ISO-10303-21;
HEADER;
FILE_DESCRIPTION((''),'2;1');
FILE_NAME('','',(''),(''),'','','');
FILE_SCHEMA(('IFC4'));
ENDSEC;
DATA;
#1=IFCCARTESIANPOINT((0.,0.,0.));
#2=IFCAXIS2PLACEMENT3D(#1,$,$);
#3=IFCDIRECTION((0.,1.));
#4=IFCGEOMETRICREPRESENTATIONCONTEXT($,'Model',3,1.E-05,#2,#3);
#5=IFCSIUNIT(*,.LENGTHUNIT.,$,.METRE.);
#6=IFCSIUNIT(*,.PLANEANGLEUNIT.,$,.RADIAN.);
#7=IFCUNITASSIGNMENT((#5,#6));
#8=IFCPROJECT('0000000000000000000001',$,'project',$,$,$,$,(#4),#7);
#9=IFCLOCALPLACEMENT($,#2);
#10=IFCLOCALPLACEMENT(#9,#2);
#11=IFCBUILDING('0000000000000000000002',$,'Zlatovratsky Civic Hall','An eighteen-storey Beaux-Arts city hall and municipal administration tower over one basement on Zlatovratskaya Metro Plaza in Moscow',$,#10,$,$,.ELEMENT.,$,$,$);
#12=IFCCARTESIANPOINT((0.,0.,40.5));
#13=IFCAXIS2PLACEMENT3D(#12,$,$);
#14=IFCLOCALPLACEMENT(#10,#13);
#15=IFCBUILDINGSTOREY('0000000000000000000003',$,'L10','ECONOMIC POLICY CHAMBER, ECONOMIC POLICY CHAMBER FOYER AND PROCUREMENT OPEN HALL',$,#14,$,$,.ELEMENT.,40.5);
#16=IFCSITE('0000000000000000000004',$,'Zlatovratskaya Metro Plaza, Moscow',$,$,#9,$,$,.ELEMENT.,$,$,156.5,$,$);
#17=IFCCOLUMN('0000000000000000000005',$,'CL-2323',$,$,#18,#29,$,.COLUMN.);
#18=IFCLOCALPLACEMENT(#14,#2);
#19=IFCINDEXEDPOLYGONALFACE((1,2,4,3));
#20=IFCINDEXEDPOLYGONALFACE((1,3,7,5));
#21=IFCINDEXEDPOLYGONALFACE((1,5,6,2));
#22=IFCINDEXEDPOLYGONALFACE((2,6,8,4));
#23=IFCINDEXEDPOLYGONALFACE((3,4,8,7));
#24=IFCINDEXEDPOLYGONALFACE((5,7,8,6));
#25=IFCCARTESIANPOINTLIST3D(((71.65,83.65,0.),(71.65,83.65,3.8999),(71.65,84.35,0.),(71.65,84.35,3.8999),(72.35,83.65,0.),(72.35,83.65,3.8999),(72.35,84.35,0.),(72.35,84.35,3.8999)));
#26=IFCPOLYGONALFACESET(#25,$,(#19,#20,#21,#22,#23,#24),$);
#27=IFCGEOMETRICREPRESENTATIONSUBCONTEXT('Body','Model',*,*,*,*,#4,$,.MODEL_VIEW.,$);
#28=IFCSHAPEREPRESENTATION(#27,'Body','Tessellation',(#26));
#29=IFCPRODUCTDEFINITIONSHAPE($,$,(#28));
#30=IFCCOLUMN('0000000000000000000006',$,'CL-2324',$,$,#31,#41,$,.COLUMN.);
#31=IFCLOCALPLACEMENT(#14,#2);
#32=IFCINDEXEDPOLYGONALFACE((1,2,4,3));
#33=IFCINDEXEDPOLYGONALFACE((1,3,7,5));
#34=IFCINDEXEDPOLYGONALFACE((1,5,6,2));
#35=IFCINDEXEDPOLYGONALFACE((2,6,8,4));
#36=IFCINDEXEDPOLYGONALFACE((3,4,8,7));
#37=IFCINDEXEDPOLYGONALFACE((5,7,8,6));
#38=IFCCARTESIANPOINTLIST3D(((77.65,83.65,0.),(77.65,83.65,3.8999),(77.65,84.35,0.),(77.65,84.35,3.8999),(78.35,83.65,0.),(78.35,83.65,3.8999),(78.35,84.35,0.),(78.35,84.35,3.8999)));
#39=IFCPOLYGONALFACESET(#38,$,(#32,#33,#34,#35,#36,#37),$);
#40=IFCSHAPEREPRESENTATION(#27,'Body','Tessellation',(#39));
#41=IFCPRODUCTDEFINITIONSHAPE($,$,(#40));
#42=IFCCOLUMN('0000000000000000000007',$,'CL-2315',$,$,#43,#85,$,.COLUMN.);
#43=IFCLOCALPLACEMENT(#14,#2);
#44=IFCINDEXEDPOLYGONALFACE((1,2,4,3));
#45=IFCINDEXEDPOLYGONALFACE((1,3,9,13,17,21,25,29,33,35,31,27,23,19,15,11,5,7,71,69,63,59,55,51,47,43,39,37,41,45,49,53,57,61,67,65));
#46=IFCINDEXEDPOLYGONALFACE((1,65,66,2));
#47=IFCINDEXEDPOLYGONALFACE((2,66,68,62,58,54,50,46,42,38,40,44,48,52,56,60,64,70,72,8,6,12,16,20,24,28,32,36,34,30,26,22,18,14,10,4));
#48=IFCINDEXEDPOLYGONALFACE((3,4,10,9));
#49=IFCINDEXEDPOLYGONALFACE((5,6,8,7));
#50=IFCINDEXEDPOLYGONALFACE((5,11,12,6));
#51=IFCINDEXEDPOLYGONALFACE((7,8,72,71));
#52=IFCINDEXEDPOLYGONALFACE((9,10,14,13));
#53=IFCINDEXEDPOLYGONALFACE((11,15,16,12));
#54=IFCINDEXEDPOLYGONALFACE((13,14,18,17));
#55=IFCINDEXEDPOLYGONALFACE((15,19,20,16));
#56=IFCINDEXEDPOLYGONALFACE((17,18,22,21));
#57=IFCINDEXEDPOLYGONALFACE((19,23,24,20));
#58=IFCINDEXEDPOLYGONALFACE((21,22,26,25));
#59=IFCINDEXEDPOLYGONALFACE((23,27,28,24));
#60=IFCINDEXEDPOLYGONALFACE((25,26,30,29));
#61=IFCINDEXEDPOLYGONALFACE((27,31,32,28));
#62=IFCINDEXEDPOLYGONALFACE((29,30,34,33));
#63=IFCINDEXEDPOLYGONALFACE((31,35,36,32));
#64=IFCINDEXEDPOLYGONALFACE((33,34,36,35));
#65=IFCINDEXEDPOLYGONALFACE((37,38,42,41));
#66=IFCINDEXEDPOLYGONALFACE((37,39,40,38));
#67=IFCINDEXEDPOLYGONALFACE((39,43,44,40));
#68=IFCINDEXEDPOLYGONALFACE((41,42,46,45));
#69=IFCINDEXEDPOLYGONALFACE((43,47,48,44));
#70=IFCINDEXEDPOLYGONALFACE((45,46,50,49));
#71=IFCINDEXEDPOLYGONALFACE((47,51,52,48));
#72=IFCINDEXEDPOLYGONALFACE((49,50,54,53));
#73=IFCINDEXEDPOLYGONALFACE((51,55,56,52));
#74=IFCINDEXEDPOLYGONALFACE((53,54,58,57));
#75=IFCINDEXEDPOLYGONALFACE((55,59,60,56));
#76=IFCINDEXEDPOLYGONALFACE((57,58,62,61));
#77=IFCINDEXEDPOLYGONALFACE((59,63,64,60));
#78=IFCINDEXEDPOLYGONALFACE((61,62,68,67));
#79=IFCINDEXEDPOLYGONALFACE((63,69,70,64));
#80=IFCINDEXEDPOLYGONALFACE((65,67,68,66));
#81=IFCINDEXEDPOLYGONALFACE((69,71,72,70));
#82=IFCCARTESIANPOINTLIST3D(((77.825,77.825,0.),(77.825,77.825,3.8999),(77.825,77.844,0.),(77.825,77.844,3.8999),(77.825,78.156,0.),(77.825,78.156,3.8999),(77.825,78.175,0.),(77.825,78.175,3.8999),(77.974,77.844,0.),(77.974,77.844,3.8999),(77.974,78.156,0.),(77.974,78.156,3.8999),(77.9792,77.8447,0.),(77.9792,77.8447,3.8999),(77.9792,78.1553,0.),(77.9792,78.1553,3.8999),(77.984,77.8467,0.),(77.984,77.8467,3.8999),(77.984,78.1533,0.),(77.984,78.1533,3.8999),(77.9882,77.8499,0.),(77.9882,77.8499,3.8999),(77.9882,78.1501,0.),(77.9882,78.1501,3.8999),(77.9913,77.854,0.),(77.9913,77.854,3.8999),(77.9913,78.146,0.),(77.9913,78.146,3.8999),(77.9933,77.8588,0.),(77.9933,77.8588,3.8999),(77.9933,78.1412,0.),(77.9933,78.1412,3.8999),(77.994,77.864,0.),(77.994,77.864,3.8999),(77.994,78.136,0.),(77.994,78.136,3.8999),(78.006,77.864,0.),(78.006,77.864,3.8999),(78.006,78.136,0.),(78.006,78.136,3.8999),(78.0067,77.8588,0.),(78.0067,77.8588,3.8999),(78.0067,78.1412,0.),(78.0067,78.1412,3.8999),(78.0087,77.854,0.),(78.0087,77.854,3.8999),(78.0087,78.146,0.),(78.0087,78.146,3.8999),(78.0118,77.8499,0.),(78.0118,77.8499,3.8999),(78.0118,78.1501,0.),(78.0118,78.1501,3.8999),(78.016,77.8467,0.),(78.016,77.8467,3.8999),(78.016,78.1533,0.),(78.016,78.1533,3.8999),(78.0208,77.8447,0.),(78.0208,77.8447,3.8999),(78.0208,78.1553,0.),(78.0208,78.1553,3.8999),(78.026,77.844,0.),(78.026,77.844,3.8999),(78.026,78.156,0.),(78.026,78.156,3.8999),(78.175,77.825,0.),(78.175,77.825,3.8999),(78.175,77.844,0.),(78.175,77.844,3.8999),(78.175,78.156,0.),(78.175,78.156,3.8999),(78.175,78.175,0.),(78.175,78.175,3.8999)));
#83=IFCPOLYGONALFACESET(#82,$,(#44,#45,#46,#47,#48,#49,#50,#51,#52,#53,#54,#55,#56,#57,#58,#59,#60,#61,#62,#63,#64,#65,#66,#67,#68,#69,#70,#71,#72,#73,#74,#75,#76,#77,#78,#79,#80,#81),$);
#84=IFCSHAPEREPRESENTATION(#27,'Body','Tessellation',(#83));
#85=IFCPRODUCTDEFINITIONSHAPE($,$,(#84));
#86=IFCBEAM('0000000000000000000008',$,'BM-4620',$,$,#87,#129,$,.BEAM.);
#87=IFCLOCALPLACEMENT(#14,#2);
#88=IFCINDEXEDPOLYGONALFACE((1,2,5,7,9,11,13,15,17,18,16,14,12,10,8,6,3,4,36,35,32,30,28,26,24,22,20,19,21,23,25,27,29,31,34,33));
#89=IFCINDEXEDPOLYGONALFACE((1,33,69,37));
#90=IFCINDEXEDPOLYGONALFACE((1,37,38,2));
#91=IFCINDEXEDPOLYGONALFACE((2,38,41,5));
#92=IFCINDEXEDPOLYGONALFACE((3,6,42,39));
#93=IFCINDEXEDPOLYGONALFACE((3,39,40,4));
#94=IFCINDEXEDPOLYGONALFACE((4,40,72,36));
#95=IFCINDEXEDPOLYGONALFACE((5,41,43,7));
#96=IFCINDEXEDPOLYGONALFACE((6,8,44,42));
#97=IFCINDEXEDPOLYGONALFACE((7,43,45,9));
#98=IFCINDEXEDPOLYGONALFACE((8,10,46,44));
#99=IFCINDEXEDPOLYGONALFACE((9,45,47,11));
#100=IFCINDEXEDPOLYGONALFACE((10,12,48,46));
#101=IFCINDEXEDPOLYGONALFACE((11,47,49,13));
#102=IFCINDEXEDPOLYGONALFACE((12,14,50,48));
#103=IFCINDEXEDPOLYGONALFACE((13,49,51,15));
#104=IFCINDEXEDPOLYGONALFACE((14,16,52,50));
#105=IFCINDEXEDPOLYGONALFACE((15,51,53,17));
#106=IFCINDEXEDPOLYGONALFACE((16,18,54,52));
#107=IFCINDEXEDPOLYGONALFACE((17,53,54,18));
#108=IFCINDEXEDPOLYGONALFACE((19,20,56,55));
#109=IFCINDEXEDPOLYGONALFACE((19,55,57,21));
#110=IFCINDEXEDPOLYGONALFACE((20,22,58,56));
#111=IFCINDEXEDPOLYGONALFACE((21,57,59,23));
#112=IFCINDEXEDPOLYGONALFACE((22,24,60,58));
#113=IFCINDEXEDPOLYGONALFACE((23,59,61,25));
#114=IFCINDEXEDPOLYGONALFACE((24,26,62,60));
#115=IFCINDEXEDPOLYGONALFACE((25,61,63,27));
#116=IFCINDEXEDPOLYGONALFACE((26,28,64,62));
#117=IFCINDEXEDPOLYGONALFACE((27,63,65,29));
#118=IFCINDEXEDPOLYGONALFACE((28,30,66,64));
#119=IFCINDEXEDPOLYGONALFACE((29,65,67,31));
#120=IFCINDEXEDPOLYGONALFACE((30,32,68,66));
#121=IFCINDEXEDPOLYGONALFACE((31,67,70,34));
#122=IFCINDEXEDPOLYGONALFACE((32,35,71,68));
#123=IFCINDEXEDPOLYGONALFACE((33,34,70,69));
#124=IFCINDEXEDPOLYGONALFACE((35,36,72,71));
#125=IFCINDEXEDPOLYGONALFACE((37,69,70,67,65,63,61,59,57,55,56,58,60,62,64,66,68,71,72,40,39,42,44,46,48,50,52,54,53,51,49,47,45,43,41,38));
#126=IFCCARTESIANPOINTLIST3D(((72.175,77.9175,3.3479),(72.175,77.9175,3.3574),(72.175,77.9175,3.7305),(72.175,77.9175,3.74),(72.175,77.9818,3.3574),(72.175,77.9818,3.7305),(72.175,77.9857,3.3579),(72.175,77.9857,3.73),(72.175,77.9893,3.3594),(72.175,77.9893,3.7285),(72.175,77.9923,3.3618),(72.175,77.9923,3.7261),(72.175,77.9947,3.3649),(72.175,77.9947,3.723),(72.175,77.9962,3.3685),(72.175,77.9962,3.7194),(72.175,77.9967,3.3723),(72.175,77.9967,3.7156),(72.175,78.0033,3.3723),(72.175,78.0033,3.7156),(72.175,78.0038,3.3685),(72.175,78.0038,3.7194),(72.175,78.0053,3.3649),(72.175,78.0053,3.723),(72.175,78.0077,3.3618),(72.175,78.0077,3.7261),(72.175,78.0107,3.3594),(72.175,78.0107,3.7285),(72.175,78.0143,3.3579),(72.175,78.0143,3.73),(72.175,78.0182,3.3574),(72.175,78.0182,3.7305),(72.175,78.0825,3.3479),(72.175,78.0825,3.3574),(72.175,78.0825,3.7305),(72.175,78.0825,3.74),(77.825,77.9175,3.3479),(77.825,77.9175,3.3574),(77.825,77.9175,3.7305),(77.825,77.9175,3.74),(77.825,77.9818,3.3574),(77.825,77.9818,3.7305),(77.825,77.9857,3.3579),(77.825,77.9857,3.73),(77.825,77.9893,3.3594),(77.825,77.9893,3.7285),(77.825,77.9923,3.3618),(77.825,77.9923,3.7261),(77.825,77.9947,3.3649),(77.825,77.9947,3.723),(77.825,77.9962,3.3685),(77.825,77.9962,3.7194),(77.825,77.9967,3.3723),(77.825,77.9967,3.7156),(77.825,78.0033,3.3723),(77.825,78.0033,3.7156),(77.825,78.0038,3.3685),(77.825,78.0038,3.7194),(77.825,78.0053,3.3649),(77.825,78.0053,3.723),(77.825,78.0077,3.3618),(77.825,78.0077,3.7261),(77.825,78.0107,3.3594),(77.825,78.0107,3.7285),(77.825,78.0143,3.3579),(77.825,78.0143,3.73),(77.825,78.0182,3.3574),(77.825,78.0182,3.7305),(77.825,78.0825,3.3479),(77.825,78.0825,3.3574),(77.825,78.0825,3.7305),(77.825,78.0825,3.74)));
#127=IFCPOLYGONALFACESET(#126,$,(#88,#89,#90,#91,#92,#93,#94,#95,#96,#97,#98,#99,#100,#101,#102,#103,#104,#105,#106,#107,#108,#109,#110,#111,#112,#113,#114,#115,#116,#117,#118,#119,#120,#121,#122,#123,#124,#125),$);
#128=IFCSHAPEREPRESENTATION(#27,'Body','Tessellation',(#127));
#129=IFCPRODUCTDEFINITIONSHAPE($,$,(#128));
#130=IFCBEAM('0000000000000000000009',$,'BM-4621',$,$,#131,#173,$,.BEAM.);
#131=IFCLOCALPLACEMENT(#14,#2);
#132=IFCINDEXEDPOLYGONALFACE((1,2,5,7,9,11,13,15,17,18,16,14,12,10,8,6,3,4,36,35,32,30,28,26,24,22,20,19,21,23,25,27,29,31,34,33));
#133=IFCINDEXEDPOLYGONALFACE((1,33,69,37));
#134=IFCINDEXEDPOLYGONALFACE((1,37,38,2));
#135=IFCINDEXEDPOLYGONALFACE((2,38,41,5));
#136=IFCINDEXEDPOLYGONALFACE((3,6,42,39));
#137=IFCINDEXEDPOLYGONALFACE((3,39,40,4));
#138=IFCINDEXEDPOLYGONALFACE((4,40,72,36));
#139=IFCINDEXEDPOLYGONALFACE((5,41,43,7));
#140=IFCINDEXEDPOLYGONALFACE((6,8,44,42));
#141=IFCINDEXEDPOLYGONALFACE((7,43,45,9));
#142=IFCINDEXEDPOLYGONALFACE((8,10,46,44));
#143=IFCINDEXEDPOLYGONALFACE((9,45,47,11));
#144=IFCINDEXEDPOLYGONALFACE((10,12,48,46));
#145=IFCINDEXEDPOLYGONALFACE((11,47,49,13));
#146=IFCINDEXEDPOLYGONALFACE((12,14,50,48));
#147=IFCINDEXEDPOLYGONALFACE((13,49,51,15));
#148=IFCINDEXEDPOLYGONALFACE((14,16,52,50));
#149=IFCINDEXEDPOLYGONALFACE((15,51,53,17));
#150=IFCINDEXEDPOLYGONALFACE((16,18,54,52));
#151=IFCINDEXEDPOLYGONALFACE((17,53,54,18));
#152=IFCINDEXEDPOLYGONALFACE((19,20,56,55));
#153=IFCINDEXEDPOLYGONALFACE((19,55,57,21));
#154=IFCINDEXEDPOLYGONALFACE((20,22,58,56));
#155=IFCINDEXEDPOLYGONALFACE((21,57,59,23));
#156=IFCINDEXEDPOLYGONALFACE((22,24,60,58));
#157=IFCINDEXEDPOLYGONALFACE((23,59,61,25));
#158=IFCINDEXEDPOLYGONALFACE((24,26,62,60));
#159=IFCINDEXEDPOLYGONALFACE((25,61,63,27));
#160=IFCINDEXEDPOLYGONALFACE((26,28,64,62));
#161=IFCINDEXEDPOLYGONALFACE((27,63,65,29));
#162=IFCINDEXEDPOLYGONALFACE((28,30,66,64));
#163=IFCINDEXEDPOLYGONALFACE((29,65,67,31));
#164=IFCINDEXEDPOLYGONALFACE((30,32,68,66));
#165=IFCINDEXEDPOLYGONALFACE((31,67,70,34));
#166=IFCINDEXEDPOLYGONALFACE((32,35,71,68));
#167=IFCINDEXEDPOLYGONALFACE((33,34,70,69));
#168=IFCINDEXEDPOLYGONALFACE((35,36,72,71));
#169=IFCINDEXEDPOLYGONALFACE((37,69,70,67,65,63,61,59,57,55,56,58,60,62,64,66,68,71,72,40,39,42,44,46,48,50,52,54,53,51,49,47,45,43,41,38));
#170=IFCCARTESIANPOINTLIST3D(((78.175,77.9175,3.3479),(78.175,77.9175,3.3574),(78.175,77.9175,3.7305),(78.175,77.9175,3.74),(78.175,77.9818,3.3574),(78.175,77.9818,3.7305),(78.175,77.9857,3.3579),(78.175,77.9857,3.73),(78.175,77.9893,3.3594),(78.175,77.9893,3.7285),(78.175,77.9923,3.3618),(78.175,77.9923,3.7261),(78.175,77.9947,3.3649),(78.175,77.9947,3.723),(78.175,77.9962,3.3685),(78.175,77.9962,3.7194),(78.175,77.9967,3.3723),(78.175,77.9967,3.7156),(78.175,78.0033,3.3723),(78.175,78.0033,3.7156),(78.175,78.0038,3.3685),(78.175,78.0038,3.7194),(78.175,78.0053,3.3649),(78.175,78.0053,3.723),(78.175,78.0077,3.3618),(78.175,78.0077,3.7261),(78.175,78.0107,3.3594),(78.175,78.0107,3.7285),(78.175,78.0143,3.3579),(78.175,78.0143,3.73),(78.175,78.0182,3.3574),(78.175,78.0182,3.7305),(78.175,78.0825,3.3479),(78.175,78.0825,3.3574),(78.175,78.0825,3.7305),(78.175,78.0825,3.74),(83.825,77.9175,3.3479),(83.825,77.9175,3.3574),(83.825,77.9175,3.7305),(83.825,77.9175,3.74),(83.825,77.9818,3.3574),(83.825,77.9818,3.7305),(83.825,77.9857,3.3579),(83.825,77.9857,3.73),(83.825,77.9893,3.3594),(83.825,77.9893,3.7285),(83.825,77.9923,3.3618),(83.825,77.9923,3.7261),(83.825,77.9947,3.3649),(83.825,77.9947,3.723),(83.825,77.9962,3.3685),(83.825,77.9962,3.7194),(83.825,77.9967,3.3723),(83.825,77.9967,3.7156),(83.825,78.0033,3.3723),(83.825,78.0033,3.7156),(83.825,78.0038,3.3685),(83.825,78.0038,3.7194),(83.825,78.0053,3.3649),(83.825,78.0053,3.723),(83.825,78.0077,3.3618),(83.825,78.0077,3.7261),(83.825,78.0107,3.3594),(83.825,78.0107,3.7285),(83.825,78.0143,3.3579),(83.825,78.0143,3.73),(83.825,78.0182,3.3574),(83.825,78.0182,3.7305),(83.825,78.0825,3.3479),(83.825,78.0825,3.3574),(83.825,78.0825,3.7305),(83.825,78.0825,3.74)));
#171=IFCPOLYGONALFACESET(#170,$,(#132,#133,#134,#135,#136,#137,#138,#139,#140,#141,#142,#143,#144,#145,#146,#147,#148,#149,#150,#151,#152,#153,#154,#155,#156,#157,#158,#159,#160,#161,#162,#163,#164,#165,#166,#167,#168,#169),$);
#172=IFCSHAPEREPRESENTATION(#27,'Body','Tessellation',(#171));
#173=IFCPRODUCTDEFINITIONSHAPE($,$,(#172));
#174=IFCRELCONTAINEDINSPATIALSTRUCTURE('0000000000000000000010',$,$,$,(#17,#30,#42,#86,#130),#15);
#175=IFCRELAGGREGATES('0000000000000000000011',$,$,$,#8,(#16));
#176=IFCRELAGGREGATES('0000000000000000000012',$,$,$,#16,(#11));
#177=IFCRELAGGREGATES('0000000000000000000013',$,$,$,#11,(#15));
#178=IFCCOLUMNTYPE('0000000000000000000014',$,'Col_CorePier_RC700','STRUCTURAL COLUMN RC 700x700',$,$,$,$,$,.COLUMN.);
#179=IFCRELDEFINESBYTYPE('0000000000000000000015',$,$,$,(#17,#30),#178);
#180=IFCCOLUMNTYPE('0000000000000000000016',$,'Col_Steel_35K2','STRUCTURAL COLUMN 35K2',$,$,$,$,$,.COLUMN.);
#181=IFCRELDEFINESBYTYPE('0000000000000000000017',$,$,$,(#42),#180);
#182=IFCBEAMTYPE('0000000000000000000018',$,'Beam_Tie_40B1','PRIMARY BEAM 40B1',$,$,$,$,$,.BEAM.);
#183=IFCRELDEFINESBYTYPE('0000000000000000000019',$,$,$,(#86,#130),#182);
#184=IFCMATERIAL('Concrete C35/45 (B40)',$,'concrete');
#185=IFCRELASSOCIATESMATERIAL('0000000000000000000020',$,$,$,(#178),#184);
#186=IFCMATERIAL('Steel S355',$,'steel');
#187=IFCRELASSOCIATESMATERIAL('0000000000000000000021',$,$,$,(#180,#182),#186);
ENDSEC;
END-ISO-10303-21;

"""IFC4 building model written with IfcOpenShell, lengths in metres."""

from ifc_helpers import new_model, si_unit, direction, frame, origin, origin_2d, place, context, subcontext, project, spatial, rectangle, i_section, extrude, material, material_profile, profile_set, type_object, element, save


model = new_model("IFC4")

# Units and contexts
model_context = context("Model", 3, precision=1e-05, world=origin(), true_north=direction((0.0, 1.0)))
body_context = subcontext(model_context, "Body", "Model", "MODEL_VIEW")
ifc_project = project(units=[si_unit("LENGTHUNIT", "METRE"), si_unit("PLANEANGLEUNIT", "RADIAN")], contexts=[model_context])

# Site, building, storey
site_placement = place(None, origin())
site = spatial("IfcSite", under=ifc_project, at=site_placement, Name="Zlatovratskaya Metro Plaza, Moscow", CompositionType="ELEMENT", RefElevation=156.5)
building_placement = place(site_placement, origin())
building = spatial("IfcBuilding", under=site, at=building_placement, Name="Zlatovratsky Civic Hall", Description="An eighteen-storey Beaux-Arts city hall and municipal administration tower over one basement on Zlatovratskaya Metro Plaza in Moscow", CompositionType="ELEMENT")
storey_placement = place(building_placement, frame((0.0, 0.0, 40.5)))
storey = spatial("IfcBuildingStorey", under=building, at=storey_placement, Name="L10", Description="ECONOMIC POLICY CHAMBER, ECONOMIC POLICY CHAMBER FOYER AND PROCUREMENT OPEN HALL", CompositionType="ELEMENT", Elevation=40.5)

# Columns
ifc_material_1 = material(Name="Concrete C35/45 (B40)", Category="concrete")
ifc_material_profile_1 = material_profile(ifc_material_1, rectangle(XDim=0.7, YDim=0.7, at=origin_2d()), Name="RC 700x700")
ifc_profile_set_1 = profile_set([ifc_material_profile_1], Name="Concrete C35/45 (B40)")
column_type_1 = type_object("IfcColumnType", Name="Col_CorePier_RC700", Description="STRUCTURAL COLUMN RC 700x700", PredefinedType="COLUMN", material=ifc_profile_set_1)
for number, where, z_axis, x_axis, name in (
    (1, (72.0, 84.0, 0.0), (0.0, 0.0, 1.0), (1.0, 0.0, 0.0), "CL-2323"),
    (2, (78.0, 84.0, 0.0), (0.0, 0.0, 1.0), (1.0, 0.0, 0.0), "CL-2324"),
):
    element("IfcColumn", number, at=place(storey_placement, frame(where, z_axis=z_axis, x_axis=x_axis)), inside=storey, type_object=column_type_1, Name=name, PredefinedType="COLUMN", context=body_context, shape_type="SweptSolid", body=[
        extrude(rectangle(XDim=0.7, YDim=0.7, at=origin_2d()), origin(), (0.0, 0.0, 1.0), 3.8999),
    ])
ifc_material_2 = material(Name="Steel S355", Category="steel")
ifc_material_profile_2 = material_profile(ifc_material_2, i_section(OverallWidth=0.3501, OverallDepth=0.3501, WebThickness=0.012, FlangeThickness=0.019, FilletRadius=0.02, at=origin_2d()), Name="35K2")
ifc_profile_set_2 = profile_set([ifc_material_profile_2], Name="Steel S355")
column_type_2 = type_object("IfcColumnType", Name="Col_Steel_35K2", Description="STRUCTURAL COLUMN 35K2", PredefinedType="COLUMN", material=ifc_profile_set_2)
column_placement = place(storey_placement, frame((78.0, 78.0, 0.0), z_axis=(0.0, 0.0, 1.0), x_axis=(1.0, 0.0, 0.0)))
element("IfcColumn", 3, at=column_placement, inside=storey, type_object=column_type_2, Name="CL-2315", PredefinedType="COLUMN", context=body_context, shape_type="SweptSolid", body=[
    extrude(i_section(OverallWidth=0.3501, OverallDepth=0.3501, WebThickness=0.012, FlangeThickness=0.019, FilletRadius=0.02, at=origin_2d()), origin(), (0.0, 0.0, 1.0), 3.8999),
])

# Beams
ifc_material_profile_3 = material_profile(ifc_material_2, i_section(OverallWidth=0.165, OverallDepth=0.3921, WebThickness=0.0066, FlangeThickness=0.0095, FilletRadius=0.0149, at=origin_2d()), Name="40B1")
ifc_profile_set_3 = profile_set([ifc_material_profile_3], Name="Steel S355")
beam_type = type_object("IfcBeamType", Name="Beam_Tie_40B1", Description="PRIMARY BEAM 40B1", PredefinedType="BEAM", material=ifc_profile_set_3)
for number, where, z_axis, x_axis, name in (
    (4, (72.175, 78.0, 3.5439), (1.0, 0.0, 0.0), (0.0, 1.0, 0.0), "BM-4620"),
    (5, (78.175, 78.0, 3.5439), (1.0, 0.0, 0.0), (0.0, 1.0, 0.0), "BM-4621"),
):
    element("IfcBeam", number, at=place(storey_placement, frame(where, z_axis=z_axis, x_axis=x_axis)), inside=storey, type_object=beam_type, Name=name, PredefinedType="BEAM", context=body_context, shape_type="SweptSolid", body=[
        extrude(i_section(OverallWidth=0.165, OverallDepth=0.3921, WebThickness=0.0066, FlangeThickness=0.0095, FilletRadius=0.0149, at=origin_2d()), origin(), (0.0, 0.0, 1.0), 5.6499),
    ])

save(model, "model.ifc")
